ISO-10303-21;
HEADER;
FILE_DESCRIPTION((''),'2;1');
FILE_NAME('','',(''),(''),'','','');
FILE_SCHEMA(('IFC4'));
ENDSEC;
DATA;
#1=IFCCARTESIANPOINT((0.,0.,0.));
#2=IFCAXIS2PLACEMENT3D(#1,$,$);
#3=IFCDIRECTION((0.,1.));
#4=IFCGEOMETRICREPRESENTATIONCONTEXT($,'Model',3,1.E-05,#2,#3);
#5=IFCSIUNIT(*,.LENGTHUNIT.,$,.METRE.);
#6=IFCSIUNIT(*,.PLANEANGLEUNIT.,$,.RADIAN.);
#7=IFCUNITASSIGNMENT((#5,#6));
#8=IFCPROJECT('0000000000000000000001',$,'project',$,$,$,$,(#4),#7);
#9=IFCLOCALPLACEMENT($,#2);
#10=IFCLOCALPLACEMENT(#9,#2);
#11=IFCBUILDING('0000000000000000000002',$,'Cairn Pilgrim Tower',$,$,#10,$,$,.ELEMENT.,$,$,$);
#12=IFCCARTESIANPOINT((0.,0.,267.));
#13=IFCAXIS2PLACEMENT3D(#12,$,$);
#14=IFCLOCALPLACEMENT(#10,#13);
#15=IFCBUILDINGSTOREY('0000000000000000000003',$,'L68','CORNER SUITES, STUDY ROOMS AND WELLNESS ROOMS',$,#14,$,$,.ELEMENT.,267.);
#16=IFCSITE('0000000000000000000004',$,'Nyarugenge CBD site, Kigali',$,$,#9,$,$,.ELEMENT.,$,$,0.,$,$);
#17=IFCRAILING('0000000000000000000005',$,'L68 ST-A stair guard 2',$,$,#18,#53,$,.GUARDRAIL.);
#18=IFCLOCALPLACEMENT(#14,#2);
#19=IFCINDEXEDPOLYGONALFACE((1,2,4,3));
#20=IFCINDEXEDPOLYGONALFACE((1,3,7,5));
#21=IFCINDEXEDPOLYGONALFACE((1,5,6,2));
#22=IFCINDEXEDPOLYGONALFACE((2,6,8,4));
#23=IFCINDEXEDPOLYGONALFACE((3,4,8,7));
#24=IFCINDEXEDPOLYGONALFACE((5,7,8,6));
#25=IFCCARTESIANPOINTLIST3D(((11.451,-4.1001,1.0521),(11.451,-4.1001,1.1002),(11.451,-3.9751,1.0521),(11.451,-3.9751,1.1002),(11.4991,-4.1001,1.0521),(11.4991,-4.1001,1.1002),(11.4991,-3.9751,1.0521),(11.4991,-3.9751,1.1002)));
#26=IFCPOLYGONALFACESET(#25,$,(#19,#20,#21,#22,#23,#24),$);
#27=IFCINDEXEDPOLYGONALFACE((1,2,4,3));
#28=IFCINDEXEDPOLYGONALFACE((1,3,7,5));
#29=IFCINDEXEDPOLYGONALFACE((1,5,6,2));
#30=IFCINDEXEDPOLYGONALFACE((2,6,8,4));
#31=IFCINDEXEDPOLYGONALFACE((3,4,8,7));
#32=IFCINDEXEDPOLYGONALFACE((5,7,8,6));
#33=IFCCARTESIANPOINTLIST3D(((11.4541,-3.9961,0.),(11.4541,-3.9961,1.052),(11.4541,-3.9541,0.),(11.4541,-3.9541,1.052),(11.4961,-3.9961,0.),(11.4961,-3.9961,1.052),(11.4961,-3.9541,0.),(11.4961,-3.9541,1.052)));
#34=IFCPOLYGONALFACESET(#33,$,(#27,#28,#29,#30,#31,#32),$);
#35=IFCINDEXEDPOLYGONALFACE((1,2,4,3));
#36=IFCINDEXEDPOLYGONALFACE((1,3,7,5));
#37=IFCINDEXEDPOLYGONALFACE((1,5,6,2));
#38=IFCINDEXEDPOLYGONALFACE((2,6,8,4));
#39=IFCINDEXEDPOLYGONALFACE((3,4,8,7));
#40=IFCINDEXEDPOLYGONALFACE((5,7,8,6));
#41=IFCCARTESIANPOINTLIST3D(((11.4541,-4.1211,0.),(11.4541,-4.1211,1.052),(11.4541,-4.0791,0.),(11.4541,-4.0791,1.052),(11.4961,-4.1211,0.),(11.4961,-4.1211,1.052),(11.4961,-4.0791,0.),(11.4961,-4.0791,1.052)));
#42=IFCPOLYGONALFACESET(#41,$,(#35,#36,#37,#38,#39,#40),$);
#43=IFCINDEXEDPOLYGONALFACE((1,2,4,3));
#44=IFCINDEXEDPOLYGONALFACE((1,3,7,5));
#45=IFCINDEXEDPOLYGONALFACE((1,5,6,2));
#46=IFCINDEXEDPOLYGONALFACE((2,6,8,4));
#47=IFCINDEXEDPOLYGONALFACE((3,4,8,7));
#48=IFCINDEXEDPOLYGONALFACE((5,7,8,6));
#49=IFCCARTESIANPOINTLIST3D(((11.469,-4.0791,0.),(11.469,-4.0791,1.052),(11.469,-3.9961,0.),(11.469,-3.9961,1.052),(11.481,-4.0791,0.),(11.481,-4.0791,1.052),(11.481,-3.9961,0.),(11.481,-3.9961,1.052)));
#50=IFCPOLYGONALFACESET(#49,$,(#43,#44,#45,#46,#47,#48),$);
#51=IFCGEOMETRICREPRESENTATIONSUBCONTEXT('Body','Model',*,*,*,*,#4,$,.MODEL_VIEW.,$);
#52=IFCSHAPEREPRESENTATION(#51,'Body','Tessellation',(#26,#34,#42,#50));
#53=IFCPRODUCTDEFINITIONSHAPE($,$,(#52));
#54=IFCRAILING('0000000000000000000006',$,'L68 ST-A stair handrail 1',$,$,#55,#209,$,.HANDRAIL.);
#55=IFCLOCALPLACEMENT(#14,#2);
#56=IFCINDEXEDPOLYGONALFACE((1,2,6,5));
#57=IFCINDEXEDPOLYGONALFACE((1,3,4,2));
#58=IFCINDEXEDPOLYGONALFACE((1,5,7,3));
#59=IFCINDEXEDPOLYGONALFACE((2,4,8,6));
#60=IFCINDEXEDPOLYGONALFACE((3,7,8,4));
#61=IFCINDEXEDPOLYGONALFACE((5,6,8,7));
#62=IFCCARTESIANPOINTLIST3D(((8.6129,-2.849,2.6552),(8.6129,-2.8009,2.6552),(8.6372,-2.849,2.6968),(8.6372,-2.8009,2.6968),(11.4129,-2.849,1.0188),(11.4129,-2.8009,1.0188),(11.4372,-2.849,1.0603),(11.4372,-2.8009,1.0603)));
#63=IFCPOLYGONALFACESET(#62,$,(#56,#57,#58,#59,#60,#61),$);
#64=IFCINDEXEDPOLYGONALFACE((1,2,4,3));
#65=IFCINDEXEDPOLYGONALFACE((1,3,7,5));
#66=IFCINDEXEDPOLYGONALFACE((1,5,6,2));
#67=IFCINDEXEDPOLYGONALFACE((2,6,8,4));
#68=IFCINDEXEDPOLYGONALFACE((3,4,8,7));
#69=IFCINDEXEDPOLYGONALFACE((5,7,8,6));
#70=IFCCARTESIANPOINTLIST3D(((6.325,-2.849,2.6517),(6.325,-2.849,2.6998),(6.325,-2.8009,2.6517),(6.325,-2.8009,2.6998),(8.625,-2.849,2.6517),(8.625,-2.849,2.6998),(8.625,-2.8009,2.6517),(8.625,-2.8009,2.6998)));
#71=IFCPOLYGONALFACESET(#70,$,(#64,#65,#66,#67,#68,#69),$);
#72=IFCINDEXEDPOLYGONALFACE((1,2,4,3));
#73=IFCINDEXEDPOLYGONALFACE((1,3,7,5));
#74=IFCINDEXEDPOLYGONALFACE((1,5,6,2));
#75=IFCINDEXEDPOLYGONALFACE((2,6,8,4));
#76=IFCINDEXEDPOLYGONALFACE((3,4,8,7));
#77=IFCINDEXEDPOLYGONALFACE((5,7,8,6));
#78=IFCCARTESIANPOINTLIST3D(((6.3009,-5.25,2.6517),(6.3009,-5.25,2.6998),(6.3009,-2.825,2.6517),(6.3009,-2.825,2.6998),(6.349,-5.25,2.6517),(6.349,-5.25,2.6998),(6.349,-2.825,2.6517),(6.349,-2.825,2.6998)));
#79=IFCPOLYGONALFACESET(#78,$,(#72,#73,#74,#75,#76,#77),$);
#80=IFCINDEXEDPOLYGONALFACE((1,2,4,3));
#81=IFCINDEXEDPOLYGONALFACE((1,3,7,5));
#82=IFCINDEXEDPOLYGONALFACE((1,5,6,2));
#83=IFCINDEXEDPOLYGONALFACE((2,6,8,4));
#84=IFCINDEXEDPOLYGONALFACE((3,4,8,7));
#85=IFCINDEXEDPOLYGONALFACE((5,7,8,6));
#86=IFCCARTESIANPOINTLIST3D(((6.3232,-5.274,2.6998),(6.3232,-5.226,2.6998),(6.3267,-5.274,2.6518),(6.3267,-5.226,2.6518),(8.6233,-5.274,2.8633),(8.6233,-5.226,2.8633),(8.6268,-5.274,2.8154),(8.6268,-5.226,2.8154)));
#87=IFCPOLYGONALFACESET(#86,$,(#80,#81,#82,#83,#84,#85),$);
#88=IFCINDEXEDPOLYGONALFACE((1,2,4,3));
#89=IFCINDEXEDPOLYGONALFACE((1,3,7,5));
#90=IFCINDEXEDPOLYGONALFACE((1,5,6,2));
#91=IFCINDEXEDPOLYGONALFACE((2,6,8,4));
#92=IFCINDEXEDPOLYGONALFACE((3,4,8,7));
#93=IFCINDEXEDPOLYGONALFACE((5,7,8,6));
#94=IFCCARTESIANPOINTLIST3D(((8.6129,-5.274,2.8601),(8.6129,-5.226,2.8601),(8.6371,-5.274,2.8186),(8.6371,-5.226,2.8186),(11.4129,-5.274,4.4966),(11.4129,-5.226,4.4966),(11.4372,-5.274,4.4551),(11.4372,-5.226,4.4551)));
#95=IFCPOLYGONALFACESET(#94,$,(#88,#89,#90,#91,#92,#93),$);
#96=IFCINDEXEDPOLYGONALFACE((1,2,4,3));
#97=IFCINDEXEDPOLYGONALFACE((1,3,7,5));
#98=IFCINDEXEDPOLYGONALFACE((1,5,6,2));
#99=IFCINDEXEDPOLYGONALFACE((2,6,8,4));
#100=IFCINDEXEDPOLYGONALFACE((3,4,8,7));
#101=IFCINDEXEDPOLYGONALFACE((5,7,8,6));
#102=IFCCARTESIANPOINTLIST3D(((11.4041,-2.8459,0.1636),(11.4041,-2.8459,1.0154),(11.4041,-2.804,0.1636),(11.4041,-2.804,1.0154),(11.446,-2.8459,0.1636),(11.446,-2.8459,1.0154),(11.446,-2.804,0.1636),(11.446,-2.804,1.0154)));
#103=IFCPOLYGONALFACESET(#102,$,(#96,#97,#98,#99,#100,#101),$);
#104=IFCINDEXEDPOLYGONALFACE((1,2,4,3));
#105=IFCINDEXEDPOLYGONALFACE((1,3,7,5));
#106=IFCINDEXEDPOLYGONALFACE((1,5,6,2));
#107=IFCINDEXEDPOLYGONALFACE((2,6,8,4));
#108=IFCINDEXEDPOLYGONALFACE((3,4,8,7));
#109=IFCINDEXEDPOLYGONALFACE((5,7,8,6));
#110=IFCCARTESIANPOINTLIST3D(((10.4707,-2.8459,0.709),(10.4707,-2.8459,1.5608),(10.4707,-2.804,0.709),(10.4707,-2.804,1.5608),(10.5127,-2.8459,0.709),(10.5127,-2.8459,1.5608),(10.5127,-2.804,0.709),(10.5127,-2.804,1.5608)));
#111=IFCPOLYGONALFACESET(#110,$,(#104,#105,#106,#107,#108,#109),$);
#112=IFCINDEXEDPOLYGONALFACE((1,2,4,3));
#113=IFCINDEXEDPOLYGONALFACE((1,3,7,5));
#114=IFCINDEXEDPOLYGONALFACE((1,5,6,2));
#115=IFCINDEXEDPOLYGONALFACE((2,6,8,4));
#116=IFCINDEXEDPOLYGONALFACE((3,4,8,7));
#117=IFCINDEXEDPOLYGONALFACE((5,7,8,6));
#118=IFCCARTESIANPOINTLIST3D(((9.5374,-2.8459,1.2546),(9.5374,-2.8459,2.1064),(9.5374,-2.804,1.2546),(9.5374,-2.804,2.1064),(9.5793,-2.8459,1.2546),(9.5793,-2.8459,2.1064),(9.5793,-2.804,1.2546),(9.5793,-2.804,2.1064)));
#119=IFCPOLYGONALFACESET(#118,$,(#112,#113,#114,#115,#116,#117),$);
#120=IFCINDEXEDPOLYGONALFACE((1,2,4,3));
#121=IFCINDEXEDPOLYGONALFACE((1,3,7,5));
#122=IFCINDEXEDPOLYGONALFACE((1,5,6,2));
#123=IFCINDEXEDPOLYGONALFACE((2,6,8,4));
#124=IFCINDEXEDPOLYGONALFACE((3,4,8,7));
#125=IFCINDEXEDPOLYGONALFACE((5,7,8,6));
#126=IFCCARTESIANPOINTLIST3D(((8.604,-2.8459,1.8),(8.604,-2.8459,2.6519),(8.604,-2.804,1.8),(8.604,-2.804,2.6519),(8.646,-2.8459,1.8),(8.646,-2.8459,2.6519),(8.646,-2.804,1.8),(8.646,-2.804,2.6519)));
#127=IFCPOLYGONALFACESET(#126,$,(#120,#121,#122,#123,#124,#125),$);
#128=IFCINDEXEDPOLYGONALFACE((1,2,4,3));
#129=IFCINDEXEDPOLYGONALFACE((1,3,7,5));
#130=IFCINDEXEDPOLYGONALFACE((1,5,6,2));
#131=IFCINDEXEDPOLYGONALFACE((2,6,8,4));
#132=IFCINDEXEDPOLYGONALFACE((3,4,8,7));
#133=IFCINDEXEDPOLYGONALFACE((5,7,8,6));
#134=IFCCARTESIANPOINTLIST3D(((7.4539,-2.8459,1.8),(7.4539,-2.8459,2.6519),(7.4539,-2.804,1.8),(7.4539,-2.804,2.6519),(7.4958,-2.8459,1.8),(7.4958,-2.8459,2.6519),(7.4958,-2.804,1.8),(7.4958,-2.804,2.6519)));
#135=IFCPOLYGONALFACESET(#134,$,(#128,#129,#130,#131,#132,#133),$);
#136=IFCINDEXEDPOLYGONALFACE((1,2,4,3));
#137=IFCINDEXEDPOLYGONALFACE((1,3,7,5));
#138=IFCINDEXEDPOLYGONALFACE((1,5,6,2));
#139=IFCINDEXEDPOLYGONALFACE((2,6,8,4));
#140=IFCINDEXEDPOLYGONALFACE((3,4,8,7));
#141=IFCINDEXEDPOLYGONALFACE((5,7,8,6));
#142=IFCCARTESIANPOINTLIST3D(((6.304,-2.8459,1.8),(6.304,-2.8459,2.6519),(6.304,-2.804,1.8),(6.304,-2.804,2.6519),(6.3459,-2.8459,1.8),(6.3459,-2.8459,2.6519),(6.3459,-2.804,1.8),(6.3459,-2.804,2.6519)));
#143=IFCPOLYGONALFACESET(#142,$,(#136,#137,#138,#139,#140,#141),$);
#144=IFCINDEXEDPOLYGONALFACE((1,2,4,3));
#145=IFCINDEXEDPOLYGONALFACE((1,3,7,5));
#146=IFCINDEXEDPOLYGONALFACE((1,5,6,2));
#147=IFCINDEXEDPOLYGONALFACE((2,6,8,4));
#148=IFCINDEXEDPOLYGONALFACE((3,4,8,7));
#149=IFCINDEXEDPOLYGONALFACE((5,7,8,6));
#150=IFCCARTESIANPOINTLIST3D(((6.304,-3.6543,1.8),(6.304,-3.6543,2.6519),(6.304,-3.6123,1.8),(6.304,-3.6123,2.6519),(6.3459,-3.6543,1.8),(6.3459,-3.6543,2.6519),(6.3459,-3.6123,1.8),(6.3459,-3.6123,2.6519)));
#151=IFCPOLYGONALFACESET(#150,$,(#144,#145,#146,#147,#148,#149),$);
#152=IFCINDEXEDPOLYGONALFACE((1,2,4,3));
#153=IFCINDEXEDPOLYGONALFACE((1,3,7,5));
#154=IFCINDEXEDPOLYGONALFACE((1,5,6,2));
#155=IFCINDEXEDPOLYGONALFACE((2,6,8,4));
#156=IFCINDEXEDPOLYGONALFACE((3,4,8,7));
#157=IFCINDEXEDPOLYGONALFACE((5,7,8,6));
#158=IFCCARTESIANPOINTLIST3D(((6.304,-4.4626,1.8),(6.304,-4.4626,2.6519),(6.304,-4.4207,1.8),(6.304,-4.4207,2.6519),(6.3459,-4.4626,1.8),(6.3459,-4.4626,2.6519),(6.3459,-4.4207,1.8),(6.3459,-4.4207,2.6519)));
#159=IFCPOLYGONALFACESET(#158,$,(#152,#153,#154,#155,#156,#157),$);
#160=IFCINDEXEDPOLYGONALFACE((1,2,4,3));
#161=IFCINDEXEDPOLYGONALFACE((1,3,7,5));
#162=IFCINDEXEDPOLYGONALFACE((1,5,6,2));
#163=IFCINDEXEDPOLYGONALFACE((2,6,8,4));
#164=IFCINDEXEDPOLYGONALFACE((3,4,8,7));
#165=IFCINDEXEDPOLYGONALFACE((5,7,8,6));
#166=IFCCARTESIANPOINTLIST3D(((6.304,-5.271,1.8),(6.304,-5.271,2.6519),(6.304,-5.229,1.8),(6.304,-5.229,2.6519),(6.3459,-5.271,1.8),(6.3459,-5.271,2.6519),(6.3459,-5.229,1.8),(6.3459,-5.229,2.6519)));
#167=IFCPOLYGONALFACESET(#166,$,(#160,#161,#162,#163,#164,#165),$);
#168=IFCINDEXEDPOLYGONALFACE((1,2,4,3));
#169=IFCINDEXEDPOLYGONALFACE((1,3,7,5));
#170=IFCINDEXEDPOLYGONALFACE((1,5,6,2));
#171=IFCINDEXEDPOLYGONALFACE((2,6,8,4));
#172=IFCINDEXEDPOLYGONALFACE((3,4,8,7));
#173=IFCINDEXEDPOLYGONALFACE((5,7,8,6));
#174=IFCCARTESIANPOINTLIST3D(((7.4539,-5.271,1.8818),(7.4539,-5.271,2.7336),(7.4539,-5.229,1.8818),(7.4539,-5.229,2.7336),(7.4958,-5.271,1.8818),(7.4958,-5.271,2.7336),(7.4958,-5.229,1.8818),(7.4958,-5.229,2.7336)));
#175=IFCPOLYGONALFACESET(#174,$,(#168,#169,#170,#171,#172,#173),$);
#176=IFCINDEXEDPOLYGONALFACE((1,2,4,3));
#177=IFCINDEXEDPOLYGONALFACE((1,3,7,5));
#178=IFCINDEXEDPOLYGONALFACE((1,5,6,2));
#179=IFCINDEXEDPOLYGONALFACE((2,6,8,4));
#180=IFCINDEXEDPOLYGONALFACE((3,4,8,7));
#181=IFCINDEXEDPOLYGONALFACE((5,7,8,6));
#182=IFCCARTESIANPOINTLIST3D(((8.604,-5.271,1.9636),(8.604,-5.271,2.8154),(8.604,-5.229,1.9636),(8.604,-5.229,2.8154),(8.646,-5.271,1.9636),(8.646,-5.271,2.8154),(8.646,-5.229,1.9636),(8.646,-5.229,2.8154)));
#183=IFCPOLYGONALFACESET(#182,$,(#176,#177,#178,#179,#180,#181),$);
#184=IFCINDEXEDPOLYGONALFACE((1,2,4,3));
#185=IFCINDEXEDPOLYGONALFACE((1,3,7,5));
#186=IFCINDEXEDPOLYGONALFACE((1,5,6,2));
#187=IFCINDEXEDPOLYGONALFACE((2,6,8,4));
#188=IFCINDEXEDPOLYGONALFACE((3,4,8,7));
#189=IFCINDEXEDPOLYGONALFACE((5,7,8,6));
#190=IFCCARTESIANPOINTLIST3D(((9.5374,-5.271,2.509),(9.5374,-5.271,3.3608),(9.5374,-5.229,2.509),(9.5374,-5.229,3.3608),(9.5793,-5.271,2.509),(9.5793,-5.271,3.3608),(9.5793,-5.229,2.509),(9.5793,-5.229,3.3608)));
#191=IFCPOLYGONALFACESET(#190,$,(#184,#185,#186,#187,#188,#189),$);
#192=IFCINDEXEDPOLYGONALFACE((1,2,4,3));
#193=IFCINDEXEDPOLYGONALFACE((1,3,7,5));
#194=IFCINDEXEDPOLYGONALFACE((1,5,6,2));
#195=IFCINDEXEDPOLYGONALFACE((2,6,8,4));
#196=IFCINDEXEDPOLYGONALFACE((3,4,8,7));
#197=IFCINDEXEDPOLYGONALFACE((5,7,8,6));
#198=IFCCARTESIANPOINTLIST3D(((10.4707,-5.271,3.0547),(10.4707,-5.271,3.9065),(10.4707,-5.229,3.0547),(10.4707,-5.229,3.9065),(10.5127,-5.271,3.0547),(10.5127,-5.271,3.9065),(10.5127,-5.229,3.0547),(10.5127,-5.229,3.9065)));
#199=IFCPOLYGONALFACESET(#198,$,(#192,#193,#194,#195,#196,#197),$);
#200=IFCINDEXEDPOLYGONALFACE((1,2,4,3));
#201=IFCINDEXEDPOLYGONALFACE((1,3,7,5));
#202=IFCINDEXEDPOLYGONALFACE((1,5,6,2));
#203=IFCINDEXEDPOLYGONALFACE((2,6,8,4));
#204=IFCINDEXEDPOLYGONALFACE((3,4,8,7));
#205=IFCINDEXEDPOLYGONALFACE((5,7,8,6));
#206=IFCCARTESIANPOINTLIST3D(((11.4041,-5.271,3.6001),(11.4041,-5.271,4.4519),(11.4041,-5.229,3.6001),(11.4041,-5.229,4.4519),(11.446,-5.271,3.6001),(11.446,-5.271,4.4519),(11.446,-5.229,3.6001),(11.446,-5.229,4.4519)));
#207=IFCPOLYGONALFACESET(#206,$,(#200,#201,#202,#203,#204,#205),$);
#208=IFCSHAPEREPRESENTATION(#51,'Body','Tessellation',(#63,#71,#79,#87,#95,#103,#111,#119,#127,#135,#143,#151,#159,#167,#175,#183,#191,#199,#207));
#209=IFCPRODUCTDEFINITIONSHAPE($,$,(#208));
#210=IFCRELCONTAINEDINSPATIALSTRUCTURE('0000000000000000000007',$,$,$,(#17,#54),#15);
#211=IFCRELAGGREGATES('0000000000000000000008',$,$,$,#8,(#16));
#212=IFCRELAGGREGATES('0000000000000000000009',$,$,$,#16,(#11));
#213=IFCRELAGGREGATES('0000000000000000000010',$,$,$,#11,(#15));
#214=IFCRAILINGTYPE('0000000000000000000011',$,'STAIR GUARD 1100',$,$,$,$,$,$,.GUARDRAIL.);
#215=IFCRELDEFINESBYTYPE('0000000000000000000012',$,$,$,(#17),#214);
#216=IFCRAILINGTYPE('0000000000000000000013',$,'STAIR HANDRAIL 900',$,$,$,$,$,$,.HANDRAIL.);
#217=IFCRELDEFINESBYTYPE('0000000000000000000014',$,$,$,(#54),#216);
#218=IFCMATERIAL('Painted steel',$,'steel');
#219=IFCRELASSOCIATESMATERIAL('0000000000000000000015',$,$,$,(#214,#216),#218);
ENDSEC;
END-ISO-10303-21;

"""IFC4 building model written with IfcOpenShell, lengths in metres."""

from ifc_helpers import new_model, si_unit, direction, frame, origin, origin_2d, place, context, subcontext, project, spatial, polyline, rectangle, outline, extrude, material, type_object, element, save


model = new_model("IFC4")

# Units and contexts
model_context = context("Model", 3, precision=1e-05, world=origin(), true_north=direction((0.0, 1.0)))
body_context = subcontext(model_context, "Body", "Model", "MODEL_VIEW")
ifc_project = project(units=[si_unit("LENGTHUNIT", "METRE"), si_unit("PLANEANGLEUNIT", "RADIAN")], contexts=[model_context])

# Site, building, storey
site_placement = place(None, origin())
site = spatial("IfcSite", under=ifc_project, at=site_placement, Name="Nyarugenge CBD site, Kigali", CompositionType="ELEMENT", RefElevation=0.0)
building_placement = place(site_placement, origin())
building = spatial("IfcBuilding", under=site, at=building_placement, Name="Cairn Pilgrim Tower", CompositionType="ELEMENT")
storey_placement = place(building_placement, frame((0.0, 0.0, 267.0)))
storey = spatial("IfcBuildingStorey", under=building, at=storey_placement, Name="L68", Description="CORNER SUITES, STUDY ROOMS AND WELLNESS ROOMS", CompositionType="ELEMENT", Elevation=267.0)

# Shared definitions
ifc_material_1 = material(Name="Painted steel", Category="steel")

# Railings
railing_type_1 = type_object("IfcRailingType", Name="STAIR GUARD 1100", PredefinedType="GUARDRAIL", material=ifc_material_1)
railing_1_placement = place(storey_placement, frame((11.4751, -3.9751, 0.0)))
element("IfcRailing", 1, at=railing_1_placement, inside=storey, type_object=railing_type_1, Name="L68 ST-A stair guard 2", PredefinedType="GUARDRAIL", context=body_context, shape_type="SweptSolid", body=[
    extrude(rectangle(XDim=0.0481, YDim=0.0481, at=origin_2d()), frame((0.0, 0.0, 1.0762), z_axis=(0.0, -1.0, 0.0), x_axis=(1.0, 0.0, 0.0)), (0.0, 0.0, 1.0), 0.125),
    extrude(rectangle(XDim=0.042, YDim=0.042, at=origin_2d()), origin(), (0.0, 0.0, 1.0), 1.052),
    extrude(rectangle(XDim=0.042, YDim=0.042, at=origin_2d()), frame((0.0, -0.125, 0.0)), (0.0, 0.0, 1.0), 1.052),
    extrude(outline(polyline([(0.021, 0.0), (0.104, 0.0), (0.104, 1.052), (0.021, 1.052), (0.021, 0.0)])), frame((0.0059, 0.0, 0.0), z_axis=(-1.0, 0.0, 0.0), x_axis=(0.0, -1.0, 0.0)), (0.0, 0.0, 1.0), 0.012),
])
railing_type_2 = type_object("IfcRailingType", Name="STAIR HANDRAIL 900", PredefinedType="HANDRAIL", material=ifc_material_1)
railing_2_placement = place(storey_placement, frame((11.425, -2.825, 0.1636)))
element("IfcRailing", 2, at=railing_2_placement, inside=storey, type_object=railing_type_2, Name="L68 ST-A stair handrail 1", PredefinedType="HANDRAIL", context=body_context, shape_type="SweptSolid", body=[
    extrude(rectangle(XDim=0.0481, YDim=0.0481, at=origin_2d()), frame((0.0, 0.0, 0.876), z_axis=(-0.863361, 0.0, 0.504587), x_axis=(0.0, -1.0, 0.0)), (0.0, 0.0, 1.0), 3.2432),
    extrude(rectangle(XDim=0.0481, YDim=0.0481, at=origin_2d()), frame((-2.8, 0.0, 2.5122), z_axis=(-1.0, 0.0, 0.0), x_axis=(0.0, -1.0, 0.0)), (0.0, 0.0, 1.0), 2.3),
    extrude(rectangle(XDim=0.0481, YDim=0.0481, at=origin_2d()), frame((-5.1001, 0.0, 2.5122), z_axis=(0.0, -1.0, 0.0), x_axis=(1.0, 0.0, 0.0)), (0.0, 0.0, 1.0), 2.425),
    extrude(rectangle(XDim=0.0481, YDim=0.0481, at=origin_2d()), frame((-5.1001, -2.425, 2.5122), z_axis=(0.997481, 0.0, 0.070939), x_axis=(0.0, 1.0, 0.0)), (0.0, 0.0, 1.0), 2.3059),
    extrude(rectangle(XDim=0.0481, YDim=0.0481, at=origin_2d()), frame((-2.8, -2.425, 2.6758), z_axis=(0.863361, 0.0, 0.504587), x_axis=(0.0, 1.0, 0.0)), (0.0, 0.0, 1.0), 3.2432),
    extrude(rectangle(XDim=0.042, YDim=0.042, at=origin_2d()), origin(), (0.0, 0.0, 1.0), 0.8518),
    extrude(rectangle(XDim=0.042, YDim=0.042, at=origin_2d()), frame((-0.9333, 0.0, 0.5454)), (0.0, 0.0, 1.0), 0.8518),
    extrude(rectangle(XDim=0.042, YDim=0.042, at=origin_2d()), frame((-1.8667, 0.0, 1.0911)), (0.0, 0.0, 1.0), 0.8518),
    extrude(rectangle(XDim=0.042, YDim=0.042, at=origin_2d()), frame((-2.8, 0.0, 1.6365)), (0.0, 0.0, 1.0), 0.8518),
    extrude(rectangle(XDim=0.042, YDim=0.042, at=origin_2d()), frame((-3.9502, 0.0, 1.6365)), (0.0, 0.0, 1.0), 0.8518),
    extrude(rectangle(XDim=0.042, YDim=0.042, at=origin_2d()), frame((-5.1001, 0.0, 1.6365)), (0.0, 0.0, 1.0), 0.8518),
    extrude(rectangle(XDim=0.042, YDim=0.042, at=origin_2d()), frame((-5.1001, -0.8083, 1.6365)), (0.0, 0.0, 1.0), 0.8518),
    extrude(rectangle(XDim=0.042, YDim=0.042, at=origin_2d()), frame((-5.1001, -1.6167, 1.6365)), (0.0, 0.0, 1.0), 0.8518),
    extrude(rectangle(XDim=0.042, YDim=0.042, at=origin_2d()), frame((-5.1001, -2.425, 1.6365)), (0.0, 0.0, 1.0), 0.8518),
    extrude(rectangle(XDim=0.042, YDim=0.042, at=origin_2d()), frame((-3.9502, -2.425, 1.7183)), (0.0, 0.0, 1.0), 0.8518),
    extrude(rectangle(XDim=0.042, YDim=0.042, at=origin_2d()), frame((-2.8, -2.425, 1.8)), (0.0, 0.0, 1.0), 0.8518),
    extrude(rectangle(XDim=0.042, YDim=0.042, at=origin_2d()), frame((-1.8667, -2.425, 2.3455)), (0.0, 0.0, 1.0), 0.8518),
    extrude(rectangle(XDim=0.042, YDim=0.042, at=origin_2d()), frame((-0.9333, -2.425, 2.8911)), (0.0, 0.0, 1.0), 0.8518),
    extrude(rectangle(XDim=0.042, YDim=0.042, at=origin_2d()), frame((0.0, -2.425, 3.4365)), (0.0, 0.0, 1.0), 0.8518),
])

save(model, "model.ifc")
